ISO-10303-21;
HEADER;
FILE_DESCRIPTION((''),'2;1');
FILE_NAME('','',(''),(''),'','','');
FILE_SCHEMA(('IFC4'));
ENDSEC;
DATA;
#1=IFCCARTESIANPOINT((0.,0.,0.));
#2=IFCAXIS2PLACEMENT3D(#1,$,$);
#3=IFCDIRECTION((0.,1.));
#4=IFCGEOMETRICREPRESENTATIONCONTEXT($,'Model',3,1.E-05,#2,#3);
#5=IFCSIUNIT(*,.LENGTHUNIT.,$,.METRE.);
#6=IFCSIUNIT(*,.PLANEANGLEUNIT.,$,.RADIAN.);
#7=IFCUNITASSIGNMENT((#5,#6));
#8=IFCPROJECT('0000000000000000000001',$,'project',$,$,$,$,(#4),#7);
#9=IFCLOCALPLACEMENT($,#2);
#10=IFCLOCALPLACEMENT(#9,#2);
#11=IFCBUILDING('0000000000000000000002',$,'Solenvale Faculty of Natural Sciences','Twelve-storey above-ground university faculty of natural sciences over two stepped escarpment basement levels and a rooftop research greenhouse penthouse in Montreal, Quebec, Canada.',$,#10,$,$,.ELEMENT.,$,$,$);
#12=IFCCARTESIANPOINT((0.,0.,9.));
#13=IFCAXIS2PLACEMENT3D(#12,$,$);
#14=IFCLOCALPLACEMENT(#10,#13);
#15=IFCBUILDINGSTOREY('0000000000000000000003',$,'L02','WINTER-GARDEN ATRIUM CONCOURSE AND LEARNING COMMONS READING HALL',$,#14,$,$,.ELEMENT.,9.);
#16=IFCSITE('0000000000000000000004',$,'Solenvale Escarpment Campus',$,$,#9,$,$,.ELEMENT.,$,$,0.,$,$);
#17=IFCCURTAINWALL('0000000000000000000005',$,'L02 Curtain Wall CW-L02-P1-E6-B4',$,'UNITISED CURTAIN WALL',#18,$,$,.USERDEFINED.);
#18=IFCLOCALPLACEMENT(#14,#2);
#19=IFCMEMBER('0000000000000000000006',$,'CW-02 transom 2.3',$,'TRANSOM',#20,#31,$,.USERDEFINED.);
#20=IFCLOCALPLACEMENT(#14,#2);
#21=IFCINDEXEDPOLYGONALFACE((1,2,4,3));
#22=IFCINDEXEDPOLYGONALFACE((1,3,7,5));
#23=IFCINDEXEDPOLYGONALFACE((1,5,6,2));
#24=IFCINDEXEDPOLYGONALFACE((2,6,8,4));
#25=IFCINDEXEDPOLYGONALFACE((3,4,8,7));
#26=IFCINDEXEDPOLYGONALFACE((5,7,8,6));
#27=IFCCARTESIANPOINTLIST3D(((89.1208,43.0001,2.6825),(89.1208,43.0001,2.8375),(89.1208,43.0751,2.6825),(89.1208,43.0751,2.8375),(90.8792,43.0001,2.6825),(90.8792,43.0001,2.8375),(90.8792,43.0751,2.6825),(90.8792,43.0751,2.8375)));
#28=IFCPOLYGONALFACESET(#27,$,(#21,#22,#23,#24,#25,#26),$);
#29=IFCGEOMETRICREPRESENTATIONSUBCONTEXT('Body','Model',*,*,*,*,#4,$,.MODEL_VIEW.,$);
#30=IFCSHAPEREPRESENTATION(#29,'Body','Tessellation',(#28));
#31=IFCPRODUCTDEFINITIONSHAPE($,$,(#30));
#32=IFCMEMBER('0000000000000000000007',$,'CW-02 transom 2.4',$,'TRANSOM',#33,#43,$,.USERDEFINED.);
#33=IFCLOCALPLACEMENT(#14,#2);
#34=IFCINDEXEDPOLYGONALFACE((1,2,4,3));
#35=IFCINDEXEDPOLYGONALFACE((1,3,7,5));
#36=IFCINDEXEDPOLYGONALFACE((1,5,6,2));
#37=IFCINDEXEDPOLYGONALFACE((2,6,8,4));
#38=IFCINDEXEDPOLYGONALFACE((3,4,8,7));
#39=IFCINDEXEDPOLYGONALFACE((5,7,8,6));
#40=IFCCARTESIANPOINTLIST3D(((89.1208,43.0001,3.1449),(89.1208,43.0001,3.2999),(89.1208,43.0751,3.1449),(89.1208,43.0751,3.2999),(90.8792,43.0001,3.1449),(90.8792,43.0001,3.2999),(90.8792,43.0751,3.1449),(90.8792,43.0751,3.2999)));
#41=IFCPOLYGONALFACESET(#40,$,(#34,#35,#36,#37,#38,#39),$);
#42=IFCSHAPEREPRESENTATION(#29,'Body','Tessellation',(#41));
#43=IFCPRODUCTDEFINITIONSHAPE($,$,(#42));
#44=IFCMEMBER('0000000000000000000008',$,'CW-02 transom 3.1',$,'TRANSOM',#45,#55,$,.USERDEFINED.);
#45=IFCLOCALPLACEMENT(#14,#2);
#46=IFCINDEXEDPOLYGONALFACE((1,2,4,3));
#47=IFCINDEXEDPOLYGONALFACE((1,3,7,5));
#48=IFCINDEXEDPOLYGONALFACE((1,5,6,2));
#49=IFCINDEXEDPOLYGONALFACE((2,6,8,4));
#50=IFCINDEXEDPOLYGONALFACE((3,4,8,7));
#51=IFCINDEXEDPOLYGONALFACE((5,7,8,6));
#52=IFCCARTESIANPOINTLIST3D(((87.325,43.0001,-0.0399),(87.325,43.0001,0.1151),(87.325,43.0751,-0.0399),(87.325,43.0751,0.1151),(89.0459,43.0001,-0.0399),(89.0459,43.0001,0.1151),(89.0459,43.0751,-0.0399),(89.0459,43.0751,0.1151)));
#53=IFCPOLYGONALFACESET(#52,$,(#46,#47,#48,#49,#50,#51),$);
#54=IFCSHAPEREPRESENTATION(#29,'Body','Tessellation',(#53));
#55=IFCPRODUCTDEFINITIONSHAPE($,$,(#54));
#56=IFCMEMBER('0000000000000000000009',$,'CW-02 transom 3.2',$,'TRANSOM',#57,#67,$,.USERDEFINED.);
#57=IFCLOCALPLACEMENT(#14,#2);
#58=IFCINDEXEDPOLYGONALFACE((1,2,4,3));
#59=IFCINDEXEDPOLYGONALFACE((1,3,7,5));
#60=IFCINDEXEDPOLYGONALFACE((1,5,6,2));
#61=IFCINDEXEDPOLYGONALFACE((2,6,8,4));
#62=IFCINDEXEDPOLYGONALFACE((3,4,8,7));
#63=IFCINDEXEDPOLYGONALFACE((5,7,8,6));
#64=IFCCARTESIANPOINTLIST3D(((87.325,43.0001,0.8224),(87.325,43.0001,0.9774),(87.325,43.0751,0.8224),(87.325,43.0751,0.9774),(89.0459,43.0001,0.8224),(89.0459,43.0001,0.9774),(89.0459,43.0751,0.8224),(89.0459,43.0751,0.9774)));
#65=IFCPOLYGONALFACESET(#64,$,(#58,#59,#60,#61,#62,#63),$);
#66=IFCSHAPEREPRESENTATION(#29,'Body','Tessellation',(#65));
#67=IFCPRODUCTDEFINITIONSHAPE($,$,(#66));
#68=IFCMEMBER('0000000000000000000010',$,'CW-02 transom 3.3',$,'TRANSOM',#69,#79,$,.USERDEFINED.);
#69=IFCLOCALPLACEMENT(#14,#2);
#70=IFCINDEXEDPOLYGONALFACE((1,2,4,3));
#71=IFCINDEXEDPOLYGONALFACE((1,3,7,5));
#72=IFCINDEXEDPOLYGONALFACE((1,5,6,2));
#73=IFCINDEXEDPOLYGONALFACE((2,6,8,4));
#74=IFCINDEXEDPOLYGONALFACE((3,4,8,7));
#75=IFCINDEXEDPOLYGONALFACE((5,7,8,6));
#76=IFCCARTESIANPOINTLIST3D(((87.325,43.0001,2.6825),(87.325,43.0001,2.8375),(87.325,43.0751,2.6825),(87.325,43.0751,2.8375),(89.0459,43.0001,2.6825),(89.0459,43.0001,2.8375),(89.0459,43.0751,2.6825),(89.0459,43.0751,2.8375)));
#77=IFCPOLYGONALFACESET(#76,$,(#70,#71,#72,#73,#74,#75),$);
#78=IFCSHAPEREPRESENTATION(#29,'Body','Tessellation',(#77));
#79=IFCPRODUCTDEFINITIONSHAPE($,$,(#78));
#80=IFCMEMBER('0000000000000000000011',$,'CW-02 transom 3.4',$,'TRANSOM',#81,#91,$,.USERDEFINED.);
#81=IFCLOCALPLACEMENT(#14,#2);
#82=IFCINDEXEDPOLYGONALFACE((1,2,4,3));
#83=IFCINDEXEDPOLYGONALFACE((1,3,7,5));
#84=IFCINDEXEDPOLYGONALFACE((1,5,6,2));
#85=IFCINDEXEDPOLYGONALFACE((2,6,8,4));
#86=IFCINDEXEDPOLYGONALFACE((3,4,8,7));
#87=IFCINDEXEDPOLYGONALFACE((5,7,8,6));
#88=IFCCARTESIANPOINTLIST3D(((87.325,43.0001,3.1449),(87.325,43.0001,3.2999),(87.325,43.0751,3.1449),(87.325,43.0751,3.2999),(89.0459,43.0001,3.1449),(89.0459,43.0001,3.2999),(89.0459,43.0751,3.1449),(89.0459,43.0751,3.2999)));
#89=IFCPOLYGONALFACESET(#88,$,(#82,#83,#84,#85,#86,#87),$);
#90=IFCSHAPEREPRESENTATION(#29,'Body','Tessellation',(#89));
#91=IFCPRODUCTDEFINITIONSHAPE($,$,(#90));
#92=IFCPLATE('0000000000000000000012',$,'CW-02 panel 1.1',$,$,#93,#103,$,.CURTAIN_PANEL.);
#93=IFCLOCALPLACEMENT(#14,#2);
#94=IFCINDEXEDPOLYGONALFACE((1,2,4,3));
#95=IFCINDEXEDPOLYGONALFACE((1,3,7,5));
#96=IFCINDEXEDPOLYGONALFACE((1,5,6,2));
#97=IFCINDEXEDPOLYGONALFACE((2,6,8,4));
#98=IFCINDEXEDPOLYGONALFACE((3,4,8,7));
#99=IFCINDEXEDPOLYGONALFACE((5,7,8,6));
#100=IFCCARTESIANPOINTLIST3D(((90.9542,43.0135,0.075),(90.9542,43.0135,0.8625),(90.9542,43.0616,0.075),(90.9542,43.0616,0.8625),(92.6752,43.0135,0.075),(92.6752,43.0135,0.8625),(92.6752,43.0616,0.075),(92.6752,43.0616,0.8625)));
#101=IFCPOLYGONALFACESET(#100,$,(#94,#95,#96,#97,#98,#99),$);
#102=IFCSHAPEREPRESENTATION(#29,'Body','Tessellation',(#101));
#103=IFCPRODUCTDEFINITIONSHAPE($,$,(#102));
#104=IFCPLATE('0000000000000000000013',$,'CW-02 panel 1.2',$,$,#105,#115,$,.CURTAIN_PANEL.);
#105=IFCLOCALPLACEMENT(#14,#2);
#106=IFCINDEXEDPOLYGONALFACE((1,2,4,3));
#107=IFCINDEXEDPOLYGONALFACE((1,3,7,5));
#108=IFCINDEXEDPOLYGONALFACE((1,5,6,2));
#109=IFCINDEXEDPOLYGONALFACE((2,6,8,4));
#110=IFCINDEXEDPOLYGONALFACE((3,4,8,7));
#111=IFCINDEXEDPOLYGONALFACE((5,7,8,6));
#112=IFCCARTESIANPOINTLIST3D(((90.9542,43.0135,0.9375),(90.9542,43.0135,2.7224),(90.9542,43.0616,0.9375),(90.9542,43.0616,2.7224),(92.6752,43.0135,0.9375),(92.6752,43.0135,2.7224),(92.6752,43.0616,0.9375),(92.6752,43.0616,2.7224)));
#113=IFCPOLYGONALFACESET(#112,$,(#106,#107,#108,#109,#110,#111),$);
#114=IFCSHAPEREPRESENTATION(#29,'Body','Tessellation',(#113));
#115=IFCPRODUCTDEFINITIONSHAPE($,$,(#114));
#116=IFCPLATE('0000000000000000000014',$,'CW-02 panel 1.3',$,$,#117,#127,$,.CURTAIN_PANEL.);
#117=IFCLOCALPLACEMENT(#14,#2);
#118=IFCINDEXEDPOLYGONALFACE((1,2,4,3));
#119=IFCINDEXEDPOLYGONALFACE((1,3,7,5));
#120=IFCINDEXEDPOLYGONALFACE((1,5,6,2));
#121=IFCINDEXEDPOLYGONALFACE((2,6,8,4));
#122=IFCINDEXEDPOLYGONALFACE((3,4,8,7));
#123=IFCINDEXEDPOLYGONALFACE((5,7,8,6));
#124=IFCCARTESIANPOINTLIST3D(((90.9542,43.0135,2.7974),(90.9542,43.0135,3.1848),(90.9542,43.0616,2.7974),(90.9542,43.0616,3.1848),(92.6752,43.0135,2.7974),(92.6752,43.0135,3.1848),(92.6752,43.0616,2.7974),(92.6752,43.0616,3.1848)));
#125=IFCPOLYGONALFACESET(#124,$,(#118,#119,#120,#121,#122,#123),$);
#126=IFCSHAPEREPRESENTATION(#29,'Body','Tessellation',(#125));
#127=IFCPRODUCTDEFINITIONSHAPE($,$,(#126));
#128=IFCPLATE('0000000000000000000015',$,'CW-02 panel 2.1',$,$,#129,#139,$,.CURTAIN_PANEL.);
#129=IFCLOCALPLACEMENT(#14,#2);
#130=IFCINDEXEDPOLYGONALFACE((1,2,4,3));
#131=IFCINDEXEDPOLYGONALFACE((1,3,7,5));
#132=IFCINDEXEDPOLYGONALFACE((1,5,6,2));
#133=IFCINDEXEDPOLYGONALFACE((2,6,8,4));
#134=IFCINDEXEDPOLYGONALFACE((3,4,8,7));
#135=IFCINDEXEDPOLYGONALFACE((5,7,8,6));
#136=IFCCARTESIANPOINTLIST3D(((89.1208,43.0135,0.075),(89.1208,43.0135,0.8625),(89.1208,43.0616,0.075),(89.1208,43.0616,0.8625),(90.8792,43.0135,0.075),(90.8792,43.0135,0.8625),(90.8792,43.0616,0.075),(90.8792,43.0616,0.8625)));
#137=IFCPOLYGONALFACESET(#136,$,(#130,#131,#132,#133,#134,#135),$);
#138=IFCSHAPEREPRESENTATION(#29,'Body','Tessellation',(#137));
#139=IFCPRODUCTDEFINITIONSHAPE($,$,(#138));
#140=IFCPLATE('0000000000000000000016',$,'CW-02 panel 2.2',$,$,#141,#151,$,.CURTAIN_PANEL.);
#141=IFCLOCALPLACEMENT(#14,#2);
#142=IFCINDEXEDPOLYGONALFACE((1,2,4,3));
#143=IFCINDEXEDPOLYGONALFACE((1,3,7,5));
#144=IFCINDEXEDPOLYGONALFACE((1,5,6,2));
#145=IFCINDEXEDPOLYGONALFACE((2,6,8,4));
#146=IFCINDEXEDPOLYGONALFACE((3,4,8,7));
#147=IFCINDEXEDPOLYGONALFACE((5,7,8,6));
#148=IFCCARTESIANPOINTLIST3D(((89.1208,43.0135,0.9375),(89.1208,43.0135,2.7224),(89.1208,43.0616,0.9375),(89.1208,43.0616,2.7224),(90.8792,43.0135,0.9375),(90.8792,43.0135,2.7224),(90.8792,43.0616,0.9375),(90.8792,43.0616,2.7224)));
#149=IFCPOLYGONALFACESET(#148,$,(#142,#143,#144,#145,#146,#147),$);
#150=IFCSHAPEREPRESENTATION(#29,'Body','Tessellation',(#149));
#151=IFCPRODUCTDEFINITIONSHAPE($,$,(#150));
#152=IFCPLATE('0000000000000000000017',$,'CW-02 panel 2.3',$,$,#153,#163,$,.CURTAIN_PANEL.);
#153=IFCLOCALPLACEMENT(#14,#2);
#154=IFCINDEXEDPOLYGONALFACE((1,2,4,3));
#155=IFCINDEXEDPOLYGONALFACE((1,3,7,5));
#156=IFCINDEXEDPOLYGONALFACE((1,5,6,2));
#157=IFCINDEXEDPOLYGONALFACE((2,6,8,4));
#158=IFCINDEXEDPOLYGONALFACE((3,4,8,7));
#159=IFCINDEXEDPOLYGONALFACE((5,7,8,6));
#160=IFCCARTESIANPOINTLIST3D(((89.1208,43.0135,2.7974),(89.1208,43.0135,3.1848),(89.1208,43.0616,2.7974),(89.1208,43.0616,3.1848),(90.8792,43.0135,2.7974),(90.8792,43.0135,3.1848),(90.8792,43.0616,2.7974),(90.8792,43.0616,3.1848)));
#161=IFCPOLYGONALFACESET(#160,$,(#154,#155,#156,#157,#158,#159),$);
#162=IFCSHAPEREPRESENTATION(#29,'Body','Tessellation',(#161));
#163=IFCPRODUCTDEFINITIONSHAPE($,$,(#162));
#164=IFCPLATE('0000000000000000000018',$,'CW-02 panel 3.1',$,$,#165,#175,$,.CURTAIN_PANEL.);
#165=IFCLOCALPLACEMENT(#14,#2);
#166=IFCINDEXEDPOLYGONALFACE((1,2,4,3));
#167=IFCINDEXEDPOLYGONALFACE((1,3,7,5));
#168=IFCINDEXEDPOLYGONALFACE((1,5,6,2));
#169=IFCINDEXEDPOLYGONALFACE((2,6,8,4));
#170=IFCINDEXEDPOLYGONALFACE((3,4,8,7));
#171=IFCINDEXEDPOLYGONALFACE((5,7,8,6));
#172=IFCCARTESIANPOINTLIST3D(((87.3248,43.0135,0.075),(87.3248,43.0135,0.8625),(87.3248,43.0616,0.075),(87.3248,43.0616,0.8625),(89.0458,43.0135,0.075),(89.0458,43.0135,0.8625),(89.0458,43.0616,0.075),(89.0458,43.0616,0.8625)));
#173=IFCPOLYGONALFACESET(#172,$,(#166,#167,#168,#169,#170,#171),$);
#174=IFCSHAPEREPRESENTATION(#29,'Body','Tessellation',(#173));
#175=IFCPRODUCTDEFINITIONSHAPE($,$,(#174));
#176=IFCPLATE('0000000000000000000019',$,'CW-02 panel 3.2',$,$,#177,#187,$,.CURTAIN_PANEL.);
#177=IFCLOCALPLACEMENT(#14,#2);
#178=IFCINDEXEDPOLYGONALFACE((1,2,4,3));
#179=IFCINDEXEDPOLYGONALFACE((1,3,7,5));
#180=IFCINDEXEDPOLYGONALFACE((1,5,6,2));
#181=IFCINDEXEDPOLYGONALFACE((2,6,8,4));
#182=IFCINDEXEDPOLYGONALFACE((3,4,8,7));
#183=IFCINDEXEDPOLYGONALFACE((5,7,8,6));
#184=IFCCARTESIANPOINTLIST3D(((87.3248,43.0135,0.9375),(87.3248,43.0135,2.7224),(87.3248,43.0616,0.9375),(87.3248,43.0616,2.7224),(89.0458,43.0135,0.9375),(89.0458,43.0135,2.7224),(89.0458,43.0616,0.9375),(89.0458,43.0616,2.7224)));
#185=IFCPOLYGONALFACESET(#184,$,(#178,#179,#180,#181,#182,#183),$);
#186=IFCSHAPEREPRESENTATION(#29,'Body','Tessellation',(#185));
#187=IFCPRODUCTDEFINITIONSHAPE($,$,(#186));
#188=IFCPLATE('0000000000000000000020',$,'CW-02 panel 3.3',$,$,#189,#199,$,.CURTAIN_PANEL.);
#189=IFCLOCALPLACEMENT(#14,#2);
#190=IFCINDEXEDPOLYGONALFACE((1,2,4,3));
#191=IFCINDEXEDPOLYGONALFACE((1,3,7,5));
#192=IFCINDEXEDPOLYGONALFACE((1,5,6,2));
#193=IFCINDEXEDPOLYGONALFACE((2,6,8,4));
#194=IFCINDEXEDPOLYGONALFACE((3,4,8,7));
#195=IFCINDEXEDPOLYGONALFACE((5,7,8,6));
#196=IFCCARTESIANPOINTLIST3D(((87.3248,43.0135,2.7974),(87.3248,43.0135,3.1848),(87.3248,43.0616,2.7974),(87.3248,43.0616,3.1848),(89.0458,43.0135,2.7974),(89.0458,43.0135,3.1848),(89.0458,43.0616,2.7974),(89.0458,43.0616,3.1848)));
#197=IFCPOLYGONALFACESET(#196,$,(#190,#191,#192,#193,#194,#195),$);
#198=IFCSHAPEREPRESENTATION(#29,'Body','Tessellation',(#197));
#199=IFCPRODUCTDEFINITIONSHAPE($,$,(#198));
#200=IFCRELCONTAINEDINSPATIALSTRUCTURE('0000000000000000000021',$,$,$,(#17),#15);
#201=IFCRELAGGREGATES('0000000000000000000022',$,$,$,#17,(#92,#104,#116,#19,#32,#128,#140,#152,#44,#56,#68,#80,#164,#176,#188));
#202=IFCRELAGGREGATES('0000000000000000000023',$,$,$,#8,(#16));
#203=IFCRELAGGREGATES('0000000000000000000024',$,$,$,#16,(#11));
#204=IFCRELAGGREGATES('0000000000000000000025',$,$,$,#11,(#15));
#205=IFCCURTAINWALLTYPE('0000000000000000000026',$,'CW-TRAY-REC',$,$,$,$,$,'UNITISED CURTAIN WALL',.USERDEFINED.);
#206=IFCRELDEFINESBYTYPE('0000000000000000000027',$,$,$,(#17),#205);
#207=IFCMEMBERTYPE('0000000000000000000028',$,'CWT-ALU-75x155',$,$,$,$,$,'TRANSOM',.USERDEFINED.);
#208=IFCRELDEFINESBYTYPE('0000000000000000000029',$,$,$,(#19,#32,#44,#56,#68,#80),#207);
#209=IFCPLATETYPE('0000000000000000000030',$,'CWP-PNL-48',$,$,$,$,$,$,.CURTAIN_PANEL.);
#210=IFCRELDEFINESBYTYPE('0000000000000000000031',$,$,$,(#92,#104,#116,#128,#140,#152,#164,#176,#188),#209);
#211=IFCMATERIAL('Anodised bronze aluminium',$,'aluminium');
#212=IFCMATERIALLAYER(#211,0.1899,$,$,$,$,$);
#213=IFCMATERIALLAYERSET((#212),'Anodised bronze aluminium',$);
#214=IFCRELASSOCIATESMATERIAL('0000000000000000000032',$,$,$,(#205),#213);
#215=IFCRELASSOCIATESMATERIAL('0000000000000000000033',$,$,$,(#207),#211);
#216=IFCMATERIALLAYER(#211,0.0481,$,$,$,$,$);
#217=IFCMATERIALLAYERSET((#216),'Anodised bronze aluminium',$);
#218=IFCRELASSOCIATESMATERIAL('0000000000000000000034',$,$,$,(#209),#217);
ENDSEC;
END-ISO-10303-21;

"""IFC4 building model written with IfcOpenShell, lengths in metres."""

from ifc_helpers import new_model, si_unit, direction, frame, origin, origin_2d, place, context, subcontext, project, spatial, rectangle, extrude, material, layer, layer_set, material_profile, profile_set, type_object, element, aggregate, save


model = new_model("IFC4")

# Units and contexts
model_context = context("Model", 3, precision=1e-05, world=origin(), true_north=direction((0.0, 1.0)))
body_context = subcontext(model_context, "Body", "Model", "MODEL_VIEW")
ifc_project = project(units=[si_unit("LENGTHUNIT", "METRE"), si_unit("PLANEANGLEUNIT", "RADIAN")], contexts=[model_context])

# Site, building, storey
site_placement = place(None, origin())
site = spatial("IfcSite", under=ifc_project, at=site_placement, Name="Solenvale Escarpment Campus", CompositionType="ELEMENT", RefElevation=0.0)
building_placement = place(site_placement, origin())
building = spatial("IfcBuilding", under=site, at=building_placement, Name="Solenvale Faculty of Natural Sciences", Description="Twelve-storey above-ground university faculty of natural sciences over two stepped escarpment basement levels and a rooftop research greenhouse penthouse in Montreal, Quebec, Canada.", CompositionType="ELEMENT")
storey_placement = place(building_placement, frame((0.0, 0.0, 9.0)))
storey = spatial("IfcBuildingStorey", under=building, at=storey_placement, Name="L02", Description="WINTER-GARDEN ATRIUM CONCOURSE AND LEARNING COMMONS READING HALL", CompositionType="ELEMENT", Elevation=9.0)

# Curtain wall, members, plates
ifc_material_1 = material(Name="Anodised bronze aluminium", Category="aluminium")
ifc_layer_1 = layer(ifc_material_1, 0.1899)
ifc_layer_set_1 = layer_set([ifc_layer_1], Name="Anodised bronze aluminium")
curtain_wall_type = type_object("IfcCurtainWallType", Name="CW-TRAY-REC", ElementType="UNITISED CURTAIN WALL", PredefinedType="USERDEFINED", material=ifc_layer_set_1)
curtain_wall_placement = place(storey_placement, origin())
curtain_wall = element("IfcCurtainWall", 1, at=curtain_wall_placement, inside=storey, type_object=curtain_wall_type, Name="L02 Curtain Wall CW-L02-P1-E6-B4", ObjectType="UNITISED CURTAIN WALL", PredefinedType="USERDEFINED")
ifc_material_profile_1 = material_profile(ifc_material_1, rectangle(XDim=0.075, YDim=0.155, at=origin_2d()), Name="ALU-TRN-75x155")
ifc_profile_set_1 = profile_set([ifc_material_profile_1], Name="Anodised bronze aluminium")
member_type_1 = type_object("IfcMemberType", Name="CWT-ALU-75x155", ElementType="TRANSOM", PredefinedType="USERDEFINED", material=ifc_profile_set_1)
member_1_placement = place(storey_placement, frame((90.8792, 43.0376, 2.76), z_axis=(-1.0, 0.0, 0.0), x_axis=(0.0, -1.0, 0.0)))
member_1 = element("IfcMember", 2, at=member_1_placement, type_object=member_type_1, Name="CW-02 transom 2.3", ObjectType="TRANSOM", PredefinedType="USERDEFINED", context=body_context, shape_type="SweptSolid", body=[
    extrude(rectangle(XDim=0.075, YDim=0.155, at=origin_2d()), origin(), (0.0, 0.0, 1.0), 1.7583),
])
member_2_placement = place(storey_placement, frame((90.8792, 43.0376, 3.2224), z_axis=(-1.0, 0.0, 0.0), x_axis=(0.0, -1.0, 0.0)))
member_2 = element("IfcMember", 3, at=member_2_placement, type_object=member_type_1, Name="CW-02 transom 2.4", ObjectType="TRANSOM", PredefinedType="USERDEFINED", context=body_context, shape_type="SweptSolid", body=[
    extrude(rectangle(XDim=0.075, YDim=0.155, at=origin_2d()), origin(), (0.0, 0.0, 1.0), 1.7583),
])
member_3_placement = place(storey_placement, frame((89.0459, 43.0376, 0.0376), z_axis=(-1.0, 0.0, 0.0), x_axis=(0.0, -1.0, 0.0)))
member_3 = element("IfcMember", 4, at=member_3_placement, type_object=member_type_1, Name="CW-02 transom 3.1", ObjectType="TRANSOM", PredefinedType="USERDEFINED", context=body_context, shape_type="SweptSolid", body=[
    extrude(rectangle(XDim=0.075, YDim=0.155, at=origin_2d()), origin(), (0.0, 0.0, 1.0), 1.7209),
])
member_4_placement = place(storey_placement, frame((89.0459, 43.0376, 0.8999), z_axis=(-1.0, 0.0, 0.0), x_axis=(0.0, -1.0, 0.0)))
member_4 = element("IfcMember", 5, at=member_4_placement, type_object=member_type_1, Name="CW-02 transom 3.2", ObjectType="TRANSOM", PredefinedType="USERDEFINED", context=body_context, shape_type="SweptSolid", body=[
    extrude(rectangle(XDim=0.075, YDim=0.155, at=origin_2d()), origin(), (0.0, 0.0, 1.0), 1.7209),
])
member_5_placement = place(storey_placement, frame((89.0459, 43.0376, 2.76), z_axis=(-1.0, 0.0, 0.0), x_axis=(0.0, -1.0, 0.0)))
member_5 = element("IfcMember", 6, at=member_5_placement, type_object=member_type_1, Name="CW-02 transom 3.3", ObjectType="TRANSOM", PredefinedType="USERDEFINED", context=body_context, shape_type="SweptSolid", body=[
    extrude(rectangle(XDim=0.075, YDim=0.155, at=origin_2d()), origin(), (0.0, 0.0, 1.0), 1.7209),
])
member_6_placement = place(storey_placement, frame((89.0459, 43.0376, 3.2224), z_axis=(-1.0, 0.0, 0.0), x_axis=(0.0, -1.0, 0.0)))
member_6 = element("IfcMember", 7, at=member_6_placement, type_object=member_type_1, Name="CW-02 transom 3.4", ObjectType="TRANSOM", PredefinedType="USERDEFINED", context=body_context, shape_type="SweptSolid", body=[
    extrude(rectangle(XDim=0.075, YDim=0.155, at=origin_2d()), origin(), (0.0, 0.0, 1.0), 1.7209),
])
ifc_layer_2 = layer(ifc_material_1, 0.0481)
ifc_layer_set_2 = layer_set([ifc_layer_2], Name="Anodised bronze aluminium")
plate_type = type_object("IfcPlateType", Name="CWP-PNL-48", PredefinedType="CURTAIN_PANEL", material=ifc_layer_set_2)
plate_1_placement = place(storey_placement, frame((91.8147, 43.0376, 0.075), z_axis=(0.0, 0.0, 1.0), x_axis=(-1.0, 0.0, 0.0)))
plate_1 = element("IfcPlate", 8, at=plate_1_placement, type_object=plate_type, Name="CW-02 panel 1.1", PredefinedType="CURTAIN_PANEL", context=body_context, shape_type="SweptSolid", body=[
    extrude(rectangle(XDim=1.7209, YDim=0.0481, at=origin_2d()), origin(), (0.0, 0.0, 1.0), 0.7876),
])
plate_2_placement = place(storey_placement, frame((91.8147, 43.0376, 0.9375), z_axis=(0.0, 0.0, 1.0), x_axis=(-1.0, 0.0, 0.0)))
plate_2 = element("IfcPlate", 9, at=plate_2_placement, type_object=plate_type, Name="CW-02 panel 1.2", PredefinedType="CURTAIN_PANEL", context=body_context, shape_type="SweptSolid", body=[
    extrude(rectangle(XDim=1.7209, YDim=0.0481, at=origin_2d()), origin(), (0.0, 0.0, 1.0), 1.7849),
])
plate_3_placement = place(storey_placement, frame((91.8147, 43.0376, 2.7974), z_axis=(0.0, 0.0, 1.0), x_axis=(-1.0, 0.0, 0.0)))
plate_3 = element("IfcPlate", 10, at=plate_3_placement, type_object=plate_type, Name="CW-02 panel 1.3", PredefinedType="CURTAIN_PANEL", context=body_context, shape_type="SweptSolid", body=[
    extrude(rectangle(XDim=1.7209, YDim=0.0481, at=origin_2d()), origin(), (0.0, 0.0, 1.0), 0.3875),
])
plate_4_placement = place(storey_placement, frame((90.0, 43.0376, 0.075), z_axis=(0.0, 0.0, 1.0), x_axis=(-1.0, 0.0, 0.0)))
plate_4 = element("IfcPlate", 11, at=plate_4_placement, type_object=plate_type, Name="CW-02 panel 2.1", PredefinedType="CURTAIN_PANEL", context=body_context, shape_type="SweptSolid", body=[
    extrude(rectangle(XDim=1.7583, YDim=0.0481, at=origin_2d()), origin(), (0.0, 0.0, 1.0), 0.7876),
])
plate_5_placement = place(storey_placement, frame((90.0, 43.0376, 0.9375), z_axis=(0.0, 0.0, 1.0), x_axis=(-1.0, 0.0, 0.0)))
plate_5 = element("IfcPlate", 12, at=plate_5_placement, type_object=plate_type, Name="CW-02 panel 2.2", PredefinedType="CURTAIN_PANEL", context=body_context, shape_type="SweptSolid", body=[
    extrude(rectangle(XDim=1.7583, YDim=0.0481, at=origin_2d()), origin(), (0.0, 0.0, 1.0), 1.7849),
])
plate_6_placement = place(storey_placement, frame((90.0, 43.0376, 2.7974), z_axis=(0.0, 0.0, 1.0), x_axis=(-1.0, 0.0, 0.0)))
plate_6 = element("IfcPlate", 13, at=plate_6_placement, type_object=plate_type, Name="CW-02 panel 2.3", PredefinedType="CURTAIN_PANEL", context=body_context, shape_type="SweptSolid", body=[
    extrude(rectangle(XDim=1.7583, YDim=0.0481, at=origin_2d()), origin(), (0.0, 0.0, 1.0), 0.3875),
])
plate_7_placement = place(storey_placement, frame((88.1853, 43.0376, 0.075), z_axis=(0.0, 0.0, 1.0), x_axis=(-1.0, 0.0, 0.0)))
plate_7 = element("IfcPlate", 14, at=plate_7_placement, type_object=plate_type, Name="CW-02 panel 3.1", PredefinedType="CURTAIN_PANEL", context=body_context, shape_type="SweptSolid", body=[
    extrude(rectangle(XDim=1.7209, YDim=0.0481, at=origin_2d()), origin(), (0.0, 0.0, 1.0), 0.7876),
])
plate_8_placement = place(storey_placement, frame((88.1853, 43.0376, 0.9375), z_axis=(0.0, 0.0, 1.0), x_axis=(-1.0, 0.0, 0.0)))
plate_8 = element("IfcPlate", 15, at=plate_8_placement, type_object=plate_type, Name="CW-02 panel 3.2", PredefinedType="CURTAIN_PANEL", context=body_context, shape_type="SweptSolid", body=[
    extrude(rectangle(XDim=1.7209, YDim=0.0481, at=origin_2d()), origin(), (0.0, 0.0, 1.0), 1.7849),
])
plate_9_placement = place(storey_placement, frame((88.1853, 43.0376, 2.7974), z_axis=(0.0, 0.0, 1.0), x_axis=(-1.0, 0.0, 0.0)))
plate_9 = element("IfcPlate", 16, at=plate_9_placement, type_object=plate_type, Name="CW-02 panel 3.3", PredefinedType="CURTAIN_PANEL", context=body_context, shape_type="SweptSolid", body=[
    extrude(rectangle(XDim=1.7209, YDim=0.0481, at=origin_2d()), origin(), (0.0, 0.0, 1.0), 0.3875),
])
aggregate(curtain_wall, [plate_1, plate_2, plate_3, member_1, member_2, plate_4, plate_5, plate_6, member_3, member_4, member_5, member_6, plate_7, plate_8, plate_9])

save(model, "model.ifc")
